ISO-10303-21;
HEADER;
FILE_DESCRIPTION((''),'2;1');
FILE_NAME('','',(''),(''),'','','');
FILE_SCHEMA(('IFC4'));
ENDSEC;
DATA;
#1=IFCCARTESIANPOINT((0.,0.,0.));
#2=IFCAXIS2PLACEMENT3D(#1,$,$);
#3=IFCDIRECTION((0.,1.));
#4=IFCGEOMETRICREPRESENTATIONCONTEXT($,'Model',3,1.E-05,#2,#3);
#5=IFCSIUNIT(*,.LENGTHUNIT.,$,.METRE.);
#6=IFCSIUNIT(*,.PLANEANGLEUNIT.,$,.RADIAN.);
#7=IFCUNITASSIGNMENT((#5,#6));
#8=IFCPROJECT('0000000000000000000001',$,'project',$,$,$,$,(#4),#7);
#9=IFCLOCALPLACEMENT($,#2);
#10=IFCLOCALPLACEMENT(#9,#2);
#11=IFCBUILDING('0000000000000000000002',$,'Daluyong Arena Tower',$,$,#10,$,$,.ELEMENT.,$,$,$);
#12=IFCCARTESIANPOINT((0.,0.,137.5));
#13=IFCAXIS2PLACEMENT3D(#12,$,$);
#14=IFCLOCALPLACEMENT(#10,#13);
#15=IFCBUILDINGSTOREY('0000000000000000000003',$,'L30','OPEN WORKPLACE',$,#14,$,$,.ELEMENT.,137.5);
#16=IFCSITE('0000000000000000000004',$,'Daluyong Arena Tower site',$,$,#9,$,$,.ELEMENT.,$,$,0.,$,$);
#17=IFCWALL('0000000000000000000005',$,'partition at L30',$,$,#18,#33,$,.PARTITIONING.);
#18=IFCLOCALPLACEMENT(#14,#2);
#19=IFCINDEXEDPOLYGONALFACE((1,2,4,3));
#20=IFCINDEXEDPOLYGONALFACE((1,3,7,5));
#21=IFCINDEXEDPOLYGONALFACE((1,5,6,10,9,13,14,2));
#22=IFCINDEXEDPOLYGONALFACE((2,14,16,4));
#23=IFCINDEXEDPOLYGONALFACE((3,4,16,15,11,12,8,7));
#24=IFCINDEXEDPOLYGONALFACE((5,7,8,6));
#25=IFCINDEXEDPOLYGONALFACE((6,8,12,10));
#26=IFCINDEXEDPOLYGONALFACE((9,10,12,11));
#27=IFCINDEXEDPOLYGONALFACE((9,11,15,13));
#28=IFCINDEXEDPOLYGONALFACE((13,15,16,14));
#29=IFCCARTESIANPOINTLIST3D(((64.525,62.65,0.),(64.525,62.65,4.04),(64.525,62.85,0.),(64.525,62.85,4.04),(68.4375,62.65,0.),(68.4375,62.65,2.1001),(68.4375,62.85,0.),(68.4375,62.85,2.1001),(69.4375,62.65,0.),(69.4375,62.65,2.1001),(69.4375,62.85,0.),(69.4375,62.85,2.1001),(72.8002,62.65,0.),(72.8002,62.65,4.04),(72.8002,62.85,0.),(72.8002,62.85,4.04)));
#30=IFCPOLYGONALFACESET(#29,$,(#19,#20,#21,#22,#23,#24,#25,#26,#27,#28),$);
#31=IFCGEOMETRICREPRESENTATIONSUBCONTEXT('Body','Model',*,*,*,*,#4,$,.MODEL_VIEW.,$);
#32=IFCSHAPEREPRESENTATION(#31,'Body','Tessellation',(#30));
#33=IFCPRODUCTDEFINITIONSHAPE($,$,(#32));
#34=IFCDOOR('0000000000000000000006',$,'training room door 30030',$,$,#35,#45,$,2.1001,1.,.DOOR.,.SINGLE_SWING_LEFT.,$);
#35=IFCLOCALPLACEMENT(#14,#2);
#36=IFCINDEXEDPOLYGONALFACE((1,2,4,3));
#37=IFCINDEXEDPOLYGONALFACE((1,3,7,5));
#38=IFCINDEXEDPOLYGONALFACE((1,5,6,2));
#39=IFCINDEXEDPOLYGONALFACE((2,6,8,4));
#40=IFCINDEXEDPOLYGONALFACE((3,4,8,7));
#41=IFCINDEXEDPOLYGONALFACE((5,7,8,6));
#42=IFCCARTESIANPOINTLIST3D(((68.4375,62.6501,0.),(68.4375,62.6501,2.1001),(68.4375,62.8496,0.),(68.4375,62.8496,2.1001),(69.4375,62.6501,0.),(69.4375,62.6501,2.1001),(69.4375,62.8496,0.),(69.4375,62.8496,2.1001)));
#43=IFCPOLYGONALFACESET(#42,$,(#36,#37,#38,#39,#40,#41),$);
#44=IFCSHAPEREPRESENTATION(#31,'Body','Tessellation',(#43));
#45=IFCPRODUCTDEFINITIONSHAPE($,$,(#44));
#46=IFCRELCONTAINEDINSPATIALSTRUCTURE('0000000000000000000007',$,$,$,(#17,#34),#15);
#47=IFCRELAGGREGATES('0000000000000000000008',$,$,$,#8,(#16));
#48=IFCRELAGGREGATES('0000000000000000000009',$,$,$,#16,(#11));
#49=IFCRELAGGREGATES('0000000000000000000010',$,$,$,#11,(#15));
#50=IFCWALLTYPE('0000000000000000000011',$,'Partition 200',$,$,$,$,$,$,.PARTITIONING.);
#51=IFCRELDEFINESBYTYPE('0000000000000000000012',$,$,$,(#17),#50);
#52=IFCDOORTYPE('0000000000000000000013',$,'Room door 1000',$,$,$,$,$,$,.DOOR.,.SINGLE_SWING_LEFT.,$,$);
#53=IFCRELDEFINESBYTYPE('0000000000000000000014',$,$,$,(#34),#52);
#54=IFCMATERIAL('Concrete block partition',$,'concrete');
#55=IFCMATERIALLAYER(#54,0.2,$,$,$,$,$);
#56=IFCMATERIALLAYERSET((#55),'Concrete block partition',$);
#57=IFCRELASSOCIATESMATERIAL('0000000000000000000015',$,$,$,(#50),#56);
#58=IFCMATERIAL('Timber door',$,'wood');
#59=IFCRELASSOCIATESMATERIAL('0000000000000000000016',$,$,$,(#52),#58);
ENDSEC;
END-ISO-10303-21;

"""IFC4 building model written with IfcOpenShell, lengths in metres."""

from ifc_helpers import new_model, si_unit, direction, frame, frame_2d, origin, place, context, subcontext, project, spatial, rectangle, extrude, material, layer, layer_set, type_object, element, fill, save


model = new_model("IFC4")

# Units and contexts
model_context = context("Model", 3, precision=1e-05, world=origin(), true_north=direction((0.0, 1.0)))
body_context = subcontext(model_context, "Body", "Model", "MODEL_VIEW")
ifc_project = project(units=[si_unit("LENGTHUNIT", "METRE"), si_unit("PLANEANGLEUNIT", "RADIAN")], contexts=[model_context])

# Site, building, storey
site_placement = place(None, origin())
site = spatial("IfcSite", under=ifc_project, at=site_placement, Name="Daluyong Arena Tower site", CompositionType="ELEMENT", RefElevation=0.0)
building_placement = place(site_placement, origin())
building = spatial("IfcBuilding", under=site, at=building_placement, Name="Daluyong Arena Tower", CompositionType="ELEMENT")
storey_placement = place(building_placement, frame((0.0, 0.0, 137.5)))
storey = spatial("IfcBuildingStorey", under=building, at=storey_placement, Name="L30", Description="OPEN WORKPLACE", CompositionType="ELEMENT", Elevation=137.5)

# Shared definitions
ifc_material_1 = material(Name="Concrete block partition", Category="concrete")
ifc_layer_1 = layer(ifc_material_1, 0.2)
ifc_layer_set_1 = layer_set([ifc_layer_1], Name="Concrete block partition")
wall_type_1 = type_object("IfcWallType", Name="Partition 200", PredefinedType="PARTITIONING", material=ifc_layer_set_1)

# Wall, opening, door
wall_1_placement = place(storey_placement, frame((64.5249, 62.75, 0.0), z_axis=(0.0, 0.0, 1.0), x_axis=(1.0, 0.0, 0.0)))
wall_1 = element("IfcWall", 1, at=wall_1_placement, inside=storey, type_object=wall_type_1, Name="partition at L30", PredefinedType="PARTITIONING", context=body_context, shape_type="SweptSolid", body=[
    extrude(rectangle(XDim=8.2751, YDim=0.2, at=frame_2d((4.1377, 0.0))), origin(), (0.0, 0.0, 1.0), 4.04),
])
opening_1_placement = place(wall_1_placement, frame((3.9126, 0.0, 0.0)))
opening_1 = element("IfcOpeningElement", 2, at=opening_1_placement, cuts=wall_1, PredefinedType="OPENING", context=body_context, shape_type="SweptSolid", body=[
    extrude(rectangle(XDim=1.0, YDim=2.1001, at=frame_2d((0.5, 1.05))), frame((0.0, 0.1099, 0.0), z_axis=(0.0, -1.0, 0.0), x_axis=(1.0, 0.0, 0.0)), (0.0, 0.0, 1.0), 0.22),
])
ifc_material_2 = material(Name="Timber door", Category="wood")
door_type_1 = type_object("IfcDoorType", Name="Room door 1000", OperationType="SINGLE_SWING_LEFT", PredefinedType="DOOR", material=ifc_material_2)
door_1_placement = place(opening_1_placement, origin())
door_1 = element("IfcDoor", 3, at=door_1_placement, inside=storey, type_object=door_type_1, Name="training room door 30030", OperationType="SINGLE_SWING_LEFT", OverallHeight=2.1001, OverallWidth=1.0, PredefinedType="DOOR", context=body_context, shape_type="SweptSolid", body=[
    extrude(rectangle(XDim=1.0, YDim=2.1001, at=frame_2d((0.5, 1.05))), frame((0.0, 0.0996, 0.0), z_axis=(0.0, -1.0, 0.0), x_axis=(1.0, 0.0, 0.0)), (0.0, 0.0, 1.0), 0.1995),
])
fill(opening_1, door_1)

save(model, "model.ifc")
